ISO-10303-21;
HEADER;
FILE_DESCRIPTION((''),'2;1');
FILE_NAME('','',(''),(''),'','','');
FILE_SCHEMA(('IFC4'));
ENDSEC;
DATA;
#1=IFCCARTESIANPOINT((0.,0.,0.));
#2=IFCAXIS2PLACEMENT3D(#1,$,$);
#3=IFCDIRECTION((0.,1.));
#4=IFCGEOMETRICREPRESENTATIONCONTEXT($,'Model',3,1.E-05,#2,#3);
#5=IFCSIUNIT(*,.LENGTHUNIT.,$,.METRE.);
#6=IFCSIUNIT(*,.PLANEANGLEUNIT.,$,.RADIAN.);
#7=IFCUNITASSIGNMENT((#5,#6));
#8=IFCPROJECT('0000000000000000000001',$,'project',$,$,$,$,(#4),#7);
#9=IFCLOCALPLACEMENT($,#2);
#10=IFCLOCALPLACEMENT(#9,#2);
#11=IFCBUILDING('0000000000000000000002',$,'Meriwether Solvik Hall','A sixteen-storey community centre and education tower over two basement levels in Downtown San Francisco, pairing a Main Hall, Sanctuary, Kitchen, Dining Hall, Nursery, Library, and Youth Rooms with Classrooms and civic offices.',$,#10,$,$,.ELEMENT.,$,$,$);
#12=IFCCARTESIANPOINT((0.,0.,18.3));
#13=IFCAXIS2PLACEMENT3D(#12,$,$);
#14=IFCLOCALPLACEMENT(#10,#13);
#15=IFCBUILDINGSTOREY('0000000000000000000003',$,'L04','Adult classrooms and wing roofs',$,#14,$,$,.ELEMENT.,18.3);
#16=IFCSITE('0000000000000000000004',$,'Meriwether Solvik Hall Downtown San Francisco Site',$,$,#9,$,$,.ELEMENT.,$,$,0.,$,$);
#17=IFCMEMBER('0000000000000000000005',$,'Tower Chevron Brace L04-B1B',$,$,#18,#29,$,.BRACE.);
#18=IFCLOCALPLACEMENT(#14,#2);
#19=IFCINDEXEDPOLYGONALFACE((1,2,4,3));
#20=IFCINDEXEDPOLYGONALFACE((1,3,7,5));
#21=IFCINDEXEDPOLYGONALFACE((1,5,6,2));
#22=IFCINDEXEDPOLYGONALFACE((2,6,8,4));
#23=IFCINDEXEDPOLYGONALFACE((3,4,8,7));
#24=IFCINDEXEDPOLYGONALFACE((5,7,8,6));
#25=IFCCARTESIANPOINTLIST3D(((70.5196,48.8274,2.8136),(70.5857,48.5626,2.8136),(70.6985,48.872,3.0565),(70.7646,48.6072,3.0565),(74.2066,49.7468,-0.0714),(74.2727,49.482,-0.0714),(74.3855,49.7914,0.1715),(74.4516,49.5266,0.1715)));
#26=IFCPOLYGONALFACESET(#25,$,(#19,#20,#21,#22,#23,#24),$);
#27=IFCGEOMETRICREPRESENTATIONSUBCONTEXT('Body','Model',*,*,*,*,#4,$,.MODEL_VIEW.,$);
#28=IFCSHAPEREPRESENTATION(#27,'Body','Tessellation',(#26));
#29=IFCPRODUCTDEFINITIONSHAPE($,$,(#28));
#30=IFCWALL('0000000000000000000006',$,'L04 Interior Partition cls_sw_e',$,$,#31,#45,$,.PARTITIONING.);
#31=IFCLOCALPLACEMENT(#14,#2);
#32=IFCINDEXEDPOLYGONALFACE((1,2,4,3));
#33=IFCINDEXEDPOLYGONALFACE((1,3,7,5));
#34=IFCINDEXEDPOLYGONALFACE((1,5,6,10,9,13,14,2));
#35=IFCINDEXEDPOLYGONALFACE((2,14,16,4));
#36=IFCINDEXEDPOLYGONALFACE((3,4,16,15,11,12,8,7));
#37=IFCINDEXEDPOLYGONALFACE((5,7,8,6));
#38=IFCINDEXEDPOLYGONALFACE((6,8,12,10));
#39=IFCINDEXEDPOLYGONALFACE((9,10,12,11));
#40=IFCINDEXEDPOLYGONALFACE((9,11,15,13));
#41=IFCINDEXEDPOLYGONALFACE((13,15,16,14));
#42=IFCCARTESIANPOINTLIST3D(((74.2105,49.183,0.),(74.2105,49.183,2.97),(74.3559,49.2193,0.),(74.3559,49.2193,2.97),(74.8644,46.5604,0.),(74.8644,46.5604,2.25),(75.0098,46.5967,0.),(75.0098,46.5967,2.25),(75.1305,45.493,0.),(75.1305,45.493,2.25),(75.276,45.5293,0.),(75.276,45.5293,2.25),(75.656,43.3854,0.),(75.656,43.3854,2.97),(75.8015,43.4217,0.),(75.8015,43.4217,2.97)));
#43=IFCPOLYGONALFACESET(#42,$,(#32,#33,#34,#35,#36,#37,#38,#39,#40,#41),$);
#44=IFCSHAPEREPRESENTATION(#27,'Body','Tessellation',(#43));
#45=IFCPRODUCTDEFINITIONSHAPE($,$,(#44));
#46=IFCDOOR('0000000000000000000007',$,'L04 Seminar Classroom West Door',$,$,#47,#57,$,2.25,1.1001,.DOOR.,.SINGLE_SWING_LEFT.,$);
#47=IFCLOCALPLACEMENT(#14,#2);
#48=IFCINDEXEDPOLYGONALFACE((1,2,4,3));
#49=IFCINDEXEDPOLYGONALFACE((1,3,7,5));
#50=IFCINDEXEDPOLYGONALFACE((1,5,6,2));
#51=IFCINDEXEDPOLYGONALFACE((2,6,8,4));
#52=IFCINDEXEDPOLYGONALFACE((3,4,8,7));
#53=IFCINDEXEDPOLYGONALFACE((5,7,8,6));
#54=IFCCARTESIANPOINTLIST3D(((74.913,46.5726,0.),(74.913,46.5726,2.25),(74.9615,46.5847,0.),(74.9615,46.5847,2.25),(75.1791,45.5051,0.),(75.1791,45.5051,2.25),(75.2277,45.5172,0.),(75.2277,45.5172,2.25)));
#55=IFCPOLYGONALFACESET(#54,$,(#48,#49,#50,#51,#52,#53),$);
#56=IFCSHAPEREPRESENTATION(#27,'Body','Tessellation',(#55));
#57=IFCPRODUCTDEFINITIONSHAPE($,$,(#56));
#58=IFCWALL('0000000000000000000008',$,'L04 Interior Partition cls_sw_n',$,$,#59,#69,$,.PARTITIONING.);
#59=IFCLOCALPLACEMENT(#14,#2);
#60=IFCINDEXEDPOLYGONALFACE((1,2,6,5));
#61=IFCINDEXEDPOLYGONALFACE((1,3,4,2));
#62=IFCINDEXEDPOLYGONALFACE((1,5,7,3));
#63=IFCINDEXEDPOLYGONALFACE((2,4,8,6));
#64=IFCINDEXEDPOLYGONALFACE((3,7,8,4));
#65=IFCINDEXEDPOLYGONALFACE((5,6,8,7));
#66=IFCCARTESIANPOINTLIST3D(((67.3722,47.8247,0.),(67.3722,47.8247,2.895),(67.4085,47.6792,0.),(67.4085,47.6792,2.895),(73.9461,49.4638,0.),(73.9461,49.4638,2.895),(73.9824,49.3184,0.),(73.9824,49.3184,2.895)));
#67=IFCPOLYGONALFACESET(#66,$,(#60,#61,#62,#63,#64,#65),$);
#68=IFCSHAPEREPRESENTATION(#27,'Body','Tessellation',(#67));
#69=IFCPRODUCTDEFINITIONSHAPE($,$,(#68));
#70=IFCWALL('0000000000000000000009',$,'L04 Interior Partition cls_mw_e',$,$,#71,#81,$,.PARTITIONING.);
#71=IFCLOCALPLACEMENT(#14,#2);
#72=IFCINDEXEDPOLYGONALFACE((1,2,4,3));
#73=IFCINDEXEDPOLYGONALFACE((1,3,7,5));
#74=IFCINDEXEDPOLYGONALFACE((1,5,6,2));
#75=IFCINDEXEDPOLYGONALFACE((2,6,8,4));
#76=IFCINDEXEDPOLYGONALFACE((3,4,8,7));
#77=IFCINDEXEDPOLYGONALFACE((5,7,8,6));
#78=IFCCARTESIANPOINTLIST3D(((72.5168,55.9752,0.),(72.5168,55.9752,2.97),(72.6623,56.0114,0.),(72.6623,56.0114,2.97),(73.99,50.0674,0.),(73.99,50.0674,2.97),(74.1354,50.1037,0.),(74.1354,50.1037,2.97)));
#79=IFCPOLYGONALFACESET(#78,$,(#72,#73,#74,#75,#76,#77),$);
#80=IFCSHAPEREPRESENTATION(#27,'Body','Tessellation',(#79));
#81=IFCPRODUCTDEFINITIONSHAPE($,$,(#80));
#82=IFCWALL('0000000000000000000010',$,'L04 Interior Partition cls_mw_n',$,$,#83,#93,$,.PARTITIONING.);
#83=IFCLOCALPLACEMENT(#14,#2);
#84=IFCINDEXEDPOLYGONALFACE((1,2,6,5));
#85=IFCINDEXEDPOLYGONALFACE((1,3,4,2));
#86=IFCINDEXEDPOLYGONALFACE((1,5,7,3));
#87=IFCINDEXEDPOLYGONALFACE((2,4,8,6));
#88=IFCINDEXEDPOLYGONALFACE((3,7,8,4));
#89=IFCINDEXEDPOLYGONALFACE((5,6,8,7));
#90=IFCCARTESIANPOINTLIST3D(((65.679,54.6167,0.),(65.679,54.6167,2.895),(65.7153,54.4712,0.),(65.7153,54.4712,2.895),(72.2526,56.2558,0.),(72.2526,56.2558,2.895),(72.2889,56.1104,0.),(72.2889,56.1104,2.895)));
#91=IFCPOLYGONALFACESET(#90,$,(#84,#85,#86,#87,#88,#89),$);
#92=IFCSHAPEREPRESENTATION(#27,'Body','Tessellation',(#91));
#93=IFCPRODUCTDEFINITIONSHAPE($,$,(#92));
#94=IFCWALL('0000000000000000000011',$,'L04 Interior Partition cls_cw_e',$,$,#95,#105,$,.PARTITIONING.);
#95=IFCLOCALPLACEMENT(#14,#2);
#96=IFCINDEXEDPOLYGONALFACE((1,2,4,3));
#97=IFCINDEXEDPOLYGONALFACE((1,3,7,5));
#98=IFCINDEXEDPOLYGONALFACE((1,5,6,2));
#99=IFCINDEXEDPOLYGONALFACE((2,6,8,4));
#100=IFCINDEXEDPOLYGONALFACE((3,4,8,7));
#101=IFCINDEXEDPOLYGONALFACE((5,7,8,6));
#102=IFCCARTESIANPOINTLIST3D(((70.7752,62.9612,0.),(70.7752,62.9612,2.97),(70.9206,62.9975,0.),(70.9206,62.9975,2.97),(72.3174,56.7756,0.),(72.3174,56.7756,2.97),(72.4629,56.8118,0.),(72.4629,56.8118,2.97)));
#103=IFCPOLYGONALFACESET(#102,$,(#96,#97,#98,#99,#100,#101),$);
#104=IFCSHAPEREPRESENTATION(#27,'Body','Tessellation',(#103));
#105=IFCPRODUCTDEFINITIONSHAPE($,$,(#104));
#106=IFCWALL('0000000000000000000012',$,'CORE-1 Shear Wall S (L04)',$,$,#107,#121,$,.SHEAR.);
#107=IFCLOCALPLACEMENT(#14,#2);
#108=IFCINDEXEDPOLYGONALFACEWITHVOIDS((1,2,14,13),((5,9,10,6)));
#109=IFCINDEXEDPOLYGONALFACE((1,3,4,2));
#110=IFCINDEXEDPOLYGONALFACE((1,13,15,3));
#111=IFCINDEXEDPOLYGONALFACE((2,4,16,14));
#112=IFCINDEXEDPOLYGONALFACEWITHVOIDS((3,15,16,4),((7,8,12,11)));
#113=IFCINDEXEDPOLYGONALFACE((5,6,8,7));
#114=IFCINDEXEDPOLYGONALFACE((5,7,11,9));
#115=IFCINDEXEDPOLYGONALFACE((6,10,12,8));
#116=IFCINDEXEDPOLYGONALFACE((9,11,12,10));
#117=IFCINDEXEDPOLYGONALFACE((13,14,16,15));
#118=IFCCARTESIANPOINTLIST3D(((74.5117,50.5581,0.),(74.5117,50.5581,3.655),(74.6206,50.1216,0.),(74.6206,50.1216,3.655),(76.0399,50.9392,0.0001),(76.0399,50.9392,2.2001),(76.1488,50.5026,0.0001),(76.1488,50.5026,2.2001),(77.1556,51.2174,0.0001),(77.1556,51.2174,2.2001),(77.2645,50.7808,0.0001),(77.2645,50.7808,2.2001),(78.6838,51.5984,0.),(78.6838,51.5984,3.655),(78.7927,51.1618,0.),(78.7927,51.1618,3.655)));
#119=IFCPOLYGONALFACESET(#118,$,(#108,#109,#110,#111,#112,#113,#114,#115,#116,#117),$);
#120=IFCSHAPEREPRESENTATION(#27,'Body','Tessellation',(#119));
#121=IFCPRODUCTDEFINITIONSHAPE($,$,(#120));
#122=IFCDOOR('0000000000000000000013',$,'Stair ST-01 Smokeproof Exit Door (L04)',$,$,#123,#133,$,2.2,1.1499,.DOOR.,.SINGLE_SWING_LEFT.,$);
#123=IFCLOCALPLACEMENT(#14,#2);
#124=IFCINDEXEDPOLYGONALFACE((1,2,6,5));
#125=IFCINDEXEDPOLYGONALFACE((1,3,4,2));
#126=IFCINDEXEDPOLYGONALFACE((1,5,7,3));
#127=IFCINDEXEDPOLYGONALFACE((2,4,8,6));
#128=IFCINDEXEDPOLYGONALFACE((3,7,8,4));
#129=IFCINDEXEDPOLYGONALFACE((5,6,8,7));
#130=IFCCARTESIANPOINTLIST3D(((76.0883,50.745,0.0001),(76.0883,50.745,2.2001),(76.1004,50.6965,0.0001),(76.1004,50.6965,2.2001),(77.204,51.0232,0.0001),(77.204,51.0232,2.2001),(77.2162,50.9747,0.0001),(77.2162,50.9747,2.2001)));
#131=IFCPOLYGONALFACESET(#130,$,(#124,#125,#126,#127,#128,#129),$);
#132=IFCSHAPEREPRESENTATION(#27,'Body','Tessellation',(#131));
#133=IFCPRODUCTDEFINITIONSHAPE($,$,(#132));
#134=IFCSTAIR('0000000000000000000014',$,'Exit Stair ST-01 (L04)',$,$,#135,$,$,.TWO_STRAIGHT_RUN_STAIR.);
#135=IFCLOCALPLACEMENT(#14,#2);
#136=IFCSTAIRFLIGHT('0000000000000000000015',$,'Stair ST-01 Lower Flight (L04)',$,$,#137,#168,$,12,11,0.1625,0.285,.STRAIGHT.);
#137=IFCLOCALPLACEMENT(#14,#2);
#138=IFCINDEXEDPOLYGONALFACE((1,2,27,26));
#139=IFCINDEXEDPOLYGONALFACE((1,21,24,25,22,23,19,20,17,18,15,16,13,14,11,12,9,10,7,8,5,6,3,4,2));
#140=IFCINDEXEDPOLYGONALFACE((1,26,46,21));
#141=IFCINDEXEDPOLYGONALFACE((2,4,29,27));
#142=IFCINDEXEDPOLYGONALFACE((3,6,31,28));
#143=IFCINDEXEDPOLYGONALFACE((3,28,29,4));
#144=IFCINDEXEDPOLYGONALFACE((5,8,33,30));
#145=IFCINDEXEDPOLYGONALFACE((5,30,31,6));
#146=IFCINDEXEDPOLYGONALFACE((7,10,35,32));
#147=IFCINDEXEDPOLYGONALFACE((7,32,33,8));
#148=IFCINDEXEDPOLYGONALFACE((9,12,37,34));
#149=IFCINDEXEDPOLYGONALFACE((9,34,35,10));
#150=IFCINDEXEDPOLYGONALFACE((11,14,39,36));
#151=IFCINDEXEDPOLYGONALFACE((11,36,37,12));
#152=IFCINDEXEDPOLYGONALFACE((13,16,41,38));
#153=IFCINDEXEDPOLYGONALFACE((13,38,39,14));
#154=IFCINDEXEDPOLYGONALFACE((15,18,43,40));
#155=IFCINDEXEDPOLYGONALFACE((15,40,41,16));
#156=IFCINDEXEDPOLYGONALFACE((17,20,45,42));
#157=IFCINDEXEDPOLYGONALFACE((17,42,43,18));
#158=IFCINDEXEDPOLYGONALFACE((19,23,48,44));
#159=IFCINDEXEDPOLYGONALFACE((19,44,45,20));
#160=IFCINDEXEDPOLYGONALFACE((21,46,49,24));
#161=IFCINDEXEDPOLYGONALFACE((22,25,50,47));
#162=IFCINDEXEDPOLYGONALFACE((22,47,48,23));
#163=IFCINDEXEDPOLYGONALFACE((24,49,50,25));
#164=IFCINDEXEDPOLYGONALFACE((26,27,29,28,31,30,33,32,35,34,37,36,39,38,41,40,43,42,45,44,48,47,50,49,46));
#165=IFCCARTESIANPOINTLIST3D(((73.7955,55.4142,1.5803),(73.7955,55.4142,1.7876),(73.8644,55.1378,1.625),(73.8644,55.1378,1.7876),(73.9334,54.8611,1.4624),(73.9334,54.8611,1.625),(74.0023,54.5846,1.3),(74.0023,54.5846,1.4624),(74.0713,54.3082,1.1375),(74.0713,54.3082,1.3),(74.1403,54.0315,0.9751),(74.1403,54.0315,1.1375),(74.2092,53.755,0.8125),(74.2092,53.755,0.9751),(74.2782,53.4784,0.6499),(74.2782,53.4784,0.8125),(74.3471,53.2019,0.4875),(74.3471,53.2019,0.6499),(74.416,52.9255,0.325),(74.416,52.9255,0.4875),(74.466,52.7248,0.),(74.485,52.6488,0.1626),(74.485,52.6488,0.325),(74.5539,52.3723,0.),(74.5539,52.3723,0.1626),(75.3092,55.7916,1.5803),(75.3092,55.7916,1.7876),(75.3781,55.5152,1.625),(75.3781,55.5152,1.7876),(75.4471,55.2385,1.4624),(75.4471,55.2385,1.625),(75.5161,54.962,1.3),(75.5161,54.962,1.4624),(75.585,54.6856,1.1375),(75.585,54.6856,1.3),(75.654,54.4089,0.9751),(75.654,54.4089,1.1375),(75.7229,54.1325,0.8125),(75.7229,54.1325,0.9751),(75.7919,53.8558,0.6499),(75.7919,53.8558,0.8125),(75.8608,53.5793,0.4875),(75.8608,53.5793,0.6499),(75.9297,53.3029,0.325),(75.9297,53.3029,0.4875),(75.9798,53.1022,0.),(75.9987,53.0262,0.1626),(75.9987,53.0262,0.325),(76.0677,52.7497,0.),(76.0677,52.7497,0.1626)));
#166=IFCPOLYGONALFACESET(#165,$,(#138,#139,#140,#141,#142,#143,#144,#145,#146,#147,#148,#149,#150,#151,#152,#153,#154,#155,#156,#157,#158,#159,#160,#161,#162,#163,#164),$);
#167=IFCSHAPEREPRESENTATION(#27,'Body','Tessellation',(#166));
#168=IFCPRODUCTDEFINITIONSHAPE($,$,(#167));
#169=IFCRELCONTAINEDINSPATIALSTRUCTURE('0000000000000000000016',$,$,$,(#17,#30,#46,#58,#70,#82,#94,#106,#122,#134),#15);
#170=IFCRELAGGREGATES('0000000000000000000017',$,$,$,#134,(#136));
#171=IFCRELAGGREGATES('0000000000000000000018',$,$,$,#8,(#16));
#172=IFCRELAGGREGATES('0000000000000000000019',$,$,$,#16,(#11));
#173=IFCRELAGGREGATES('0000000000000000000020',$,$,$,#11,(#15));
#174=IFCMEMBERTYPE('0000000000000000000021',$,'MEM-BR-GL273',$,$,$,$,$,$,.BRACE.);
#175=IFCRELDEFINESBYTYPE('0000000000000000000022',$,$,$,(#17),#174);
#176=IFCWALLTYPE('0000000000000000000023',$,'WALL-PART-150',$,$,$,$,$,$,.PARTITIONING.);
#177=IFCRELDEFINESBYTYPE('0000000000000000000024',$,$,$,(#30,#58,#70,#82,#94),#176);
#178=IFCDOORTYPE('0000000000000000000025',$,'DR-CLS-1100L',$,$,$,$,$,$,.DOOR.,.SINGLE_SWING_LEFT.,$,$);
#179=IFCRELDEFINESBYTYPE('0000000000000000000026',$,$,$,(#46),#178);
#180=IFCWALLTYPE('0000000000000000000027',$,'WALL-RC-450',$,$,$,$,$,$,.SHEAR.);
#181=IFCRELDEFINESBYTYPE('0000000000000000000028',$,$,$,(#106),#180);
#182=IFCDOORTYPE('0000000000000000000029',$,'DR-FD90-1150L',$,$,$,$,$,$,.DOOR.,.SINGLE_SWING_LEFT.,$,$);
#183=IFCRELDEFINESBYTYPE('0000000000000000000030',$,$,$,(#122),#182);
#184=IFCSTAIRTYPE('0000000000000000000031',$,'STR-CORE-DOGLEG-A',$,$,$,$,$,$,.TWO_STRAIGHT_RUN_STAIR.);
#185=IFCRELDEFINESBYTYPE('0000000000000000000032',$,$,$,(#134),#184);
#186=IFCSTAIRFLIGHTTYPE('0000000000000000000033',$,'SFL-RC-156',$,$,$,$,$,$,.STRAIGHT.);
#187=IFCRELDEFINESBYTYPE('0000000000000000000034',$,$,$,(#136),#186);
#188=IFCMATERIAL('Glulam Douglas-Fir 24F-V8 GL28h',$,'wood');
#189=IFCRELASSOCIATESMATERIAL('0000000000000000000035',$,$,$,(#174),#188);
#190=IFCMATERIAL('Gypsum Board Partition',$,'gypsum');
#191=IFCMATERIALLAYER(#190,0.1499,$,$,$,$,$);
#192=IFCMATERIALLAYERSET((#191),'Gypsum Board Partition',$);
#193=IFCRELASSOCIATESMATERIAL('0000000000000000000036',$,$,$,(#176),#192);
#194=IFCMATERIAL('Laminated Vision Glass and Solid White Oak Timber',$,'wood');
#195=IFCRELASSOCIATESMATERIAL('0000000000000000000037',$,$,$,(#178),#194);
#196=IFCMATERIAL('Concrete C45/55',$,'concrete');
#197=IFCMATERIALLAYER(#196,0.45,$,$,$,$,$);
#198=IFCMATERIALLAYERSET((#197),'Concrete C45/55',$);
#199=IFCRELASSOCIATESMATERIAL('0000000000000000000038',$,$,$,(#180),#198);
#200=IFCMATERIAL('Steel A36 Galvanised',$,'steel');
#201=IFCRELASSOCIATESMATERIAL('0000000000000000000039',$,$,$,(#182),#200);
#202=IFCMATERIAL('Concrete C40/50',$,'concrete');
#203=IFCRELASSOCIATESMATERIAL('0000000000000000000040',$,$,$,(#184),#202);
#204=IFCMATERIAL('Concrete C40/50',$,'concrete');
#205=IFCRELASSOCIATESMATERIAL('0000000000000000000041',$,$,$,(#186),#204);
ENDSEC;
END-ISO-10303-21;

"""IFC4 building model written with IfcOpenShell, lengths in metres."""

from ifc_helpers import new_model, si_unit, direction, frame, frame_2d, origin, origin_2d, place, context, subcontext, project, spatial, polyline, rectangle, outline, extrude, material, layer, layer_set, material_profile, profile_set, type_object, element, fill, aggregate, save


model = new_model("IFC4")

# Units and contexts
model_context = context("Model", 3, precision=1e-05, world=origin(), true_north=direction((0.0, 1.0)))
body_context = subcontext(model_context, "Body", "Model", "MODEL_VIEW")
ifc_project = project(units=[si_unit("LENGTHUNIT", "METRE"), si_unit("PLANEANGLEUNIT", "RADIAN")], contexts=[model_context])

# Site, building, storey
site_placement = place(None, origin())
site = spatial("IfcSite", under=ifc_project, at=site_placement, Name="Meriwether Solvik Hall Downtown San Francisco Site", CompositionType="ELEMENT", RefElevation=0.0)
building_placement = place(site_placement, origin())
building = spatial("IfcBuilding", under=site, at=building_placement, Name="Meriwether Solvik Hall", Description="A sixteen-storey community centre and education tower over two basement levels in Downtown San Francisco, pairing a Main Hall, Sanctuary, Kitchen, Dining Hall, Nursery, Library, and Youth Rooms with Classrooms and civic offices.", CompositionType="ELEMENT")
storey_placement = place(building_placement, frame((0.0, 0.0, 18.3)))
storey = spatial("IfcBuildingStorey", under=building, at=storey_placement, Name="L04", Description="Adult classrooms and wing roofs", CompositionType="ELEMENT", Elevation=18.3)

# Member
ifc_material_1 = material(Name="Glulam Douglas-Fir 24F-V8 GL28h", Category="wood")
ifc_material_profile_1 = material_profile(ifc_material_1, rectangle(XDim=0.2729, YDim=0.3049, at=origin_2d()), Name="GLM-273X305")
ifc_profile_set_1 = profile_set([ifc_material_profile_1], Name="Glulam Douglas-Fir 24F-V8 GL28h")
member_type = type_object("IfcMemberType", Name="MEM-BR-GL273", PredefinedType="BRACE", material=ifc_profile_set_1)
member_placement = place(storey_placement, frame((74.3291, 49.6367, 0.05), z_axis=(-0.772792, -0.192712, 0.604694), x_axis=(0.241961, -0.970286, 0.0)))
element("IfcMember", 1, at=member_placement, inside=storey, type_object=member_type, Name="Tower Chevron Brace L04-B1B", PredefinedType="BRACE", context=body_context, shape_type="SweptSolid", body=[
    extrude(rectangle(XDim=0.2729, YDim=0.3049, at=origin_2d()), origin(), (0.0, 0.0, 1.0), 4.771),
])

# Wall, opening, door
ifc_material_2 = material(Name="Gypsum Board Partition", Category="gypsum")
ifc_layer_1 = layer(ifc_material_2, 0.1499)
ifc_layer_set_1 = layer_set([ifc_layer_1], Name="Gypsum Board Partition")
wall_type_1 = type_object("IfcWallType", Name="WALL-PART-150", PredefinedType="PARTITIONING", material=ifc_layer_set_1)
wall_1_placement = place(storey_placement, frame((75.7288, 43.4036, 0.0), z_axis=(0.0, 0.0, 1.0), x_axis=(-0.24193, 0.970294, 0.0)))
wall_1 = element("IfcWall", 2, at=wall_1_placement, inside=storey, type_object=wall_type_1, Name="L04 Interior Partition cls_sw_e", PredefinedType="PARTITIONING", context=body_context, shape_type="SweptSolid", body=[
    extrude(rectangle(XDim=5.9751, YDim=0.1499, at=frame_2d((2.9875, 0.0))), origin(), (0.0, 0.0, 1.0), 2.97),
])
opening_1_placement = place(wall_1_placement, frame((2.1721, 0.0, 0.0)))
opening_1 = element("IfcOpeningElement", 3, at=opening_1_placement, cuts=wall_1, PredefinedType="OPENING", context=body_context, shape_type="SweptSolid", body=[
    extrude(rectangle(XDim=1.1001, YDim=2.25, at=frame_2d((0.55, 1.125))), frame((0.0, 0.0869, 0.0), z_axis=(0.0, -1.0, 0.0), x_axis=(1.0, 0.0, 0.0)), (0.0, 0.0, 1.0), 0.1738),
])
ifc_material_3 = material(Name="Laminated Vision Glass and Solid White Oak Timber", Category="wood")
door_type_1 = type_object("IfcDoorType", Name="DR-CLS-1100L", OperationType="SINGLE_SWING_LEFT", PredefinedType="DOOR", material=ifc_material_3)
door_1_placement = place(opening_1_placement, origin())
door_1 = element("IfcDoor", 4, at=door_1_placement, inside=storey, type_object=door_type_1, Name="L04 Seminar Classroom West Door", OperationType="SINGLE_SWING_LEFT", OverallHeight=2.25, OverallWidth=1.1001, PredefinedType="DOOR", context=body_context, shape_type="SweptSolid", body=[
    extrude(rectangle(XDim=1.1001, YDim=2.25, at=frame_2d((0.55, 1.125))), frame((0.0, 0.0249, 0.0), z_axis=(0.0, -1.0, 0.0), x_axis=(1.0, 0.0, 0.0)), (0.0, 0.0, 1.0), 0.05),
])
fill(opening_1, door_1)

# Walls
wall_2_placement = place(storey_placement, frame((73.9644, 49.3911, 0.0), z_axis=(0.0, 0.0, 1.0), x_axis=(-0.970293, -0.241934, 0.0)))
element("IfcWall", 5, at=wall_2_placement, inside=storey, type_object=wall_type_1, Name="L04 Interior Partition cls_sw_n", PredefinedType="PARTITIONING", context=body_context, shape_type="SweptSolid", body=[
    extrude(rectangle(XDim=6.7751, YDim=0.1499, at=frame_2d((3.3877, 0.0))), origin(), (0.0, 0.0, 1.0), 2.895),
])
wall_3_placement = place(storey_placement, frame((74.0627, 50.0854, 0.0), z_axis=(0.0, 0.0, 1.0), x_axis=(-0.241951, 0.970289, 0.0)))
element("IfcWall", 6, at=wall_3_placement, inside=storey, type_object=wall_type_1, Name="L04 Interior Partition cls_mw_e", PredefinedType="PARTITIONING", context=body_context, shape_type="SweptSolid", body=[
    extrude(rectangle(XDim=6.0886, YDim=0.1499, at=frame_2d((3.0444, 0.0))), origin(), (0.0, 0.0, 1.0), 2.97),
])
wall_4_placement = place(storey_placement, frame((72.2708, 56.1831, 0.0), z_axis=(0.0, 0.0, 1.0), x_axis=(-0.970291, -0.241942, 0.0)))
element("IfcWall", 7, at=wall_4_placement, inside=storey, type_object=wall_type_1, Name="L04 Interior Partition cls_mw_n", PredefinedType="PARTITIONING", context=body_context, shape_type="SweptSolid", body=[
    extrude(rectangle(XDim=6.7749, YDim=0.1499, at=frame_2d((3.3875, 0.0))), origin(), (0.0, 0.0, 1.0), 2.895),
])
wall_5_placement = place(storey_placement, frame((72.3901, 56.7937, 0.0), z_axis=(0.0, 0.0, 1.0), x_axis=(-0.241923, 0.970295, 0.0)))
element("IfcWall", 8, at=wall_5_placement, inside=storey, type_object=wall_type_1, Name="L04 Interior Partition cls_cw_e", PredefinedType="PARTITIONING", context=body_context, shape_type="SweptSolid", body=[
    extrude(rectangle(XDim=6.375, YDim=0.1499, at=frame_2d((3.1875, 0.0))), origin(), (0.0, 0.0, 1.0), 2.97),
])

# Wall, opening, door
ifc_material_4 = material(Name="Concrete C45/55", Category="concrete")
ifc_layer_2 = layer(ifc_material_4, 0.45)
ifc_layer_set_2 = layer_set([ifc_layer_2], Name="Concrete C45/55")
wall_type_2 = type_object("IfcWallType", Name="WALL-RC-450", PredefinedType="SHEAR", material=ifc_layer_set_2)
wall_6_placement = place(storey_placement, frame((74.5662, 50.3398, 0.0), z_axis=(0.0, 0.0, 1.0), x_axis=(0.970293, 0.241934, 0.0)))
wall_6 = element("IfcWall", 9, at=wall_6_placement, inside=storey, type_object=wall_type_2, Name="CORE-1 Shear Wall S (L04)", PredefinedType="SHEAR", context=body_context, shape_type="SweptSolid", body=[
    extrude(rectangle(XDim=4.2998, YDim=0.45, at=frame_2d((2.1499, 0.0))), origin(), (0.0, 0.0, 1.0), 3.655),
])
opening_2_placement = place(wall_6_placement, frame((1.575, 0.0, 0.0)))
opening_2 = element("IfcOpeningElement", 10, at=opening_2_placement, cuts=wall_6, PredefinedType="OPENING", context=body_context, shape_type="SweptSolid", body=[
    extrude(rectangle(XDim=1.1499, YDim=2.2, at=frame_2d((0.575, 1.1001))), frame((0.0, 0.2368, 0.0), z_axis=(0.0, -1.0, 0.0), x_axis=(1.0, 0.0, 0.0)), (0.0, 0.0, 1.0), 0.4739),
])
ifc_material_5 = material(Name="Steel A36 Galvanised", Category="steel")
door_type_2 = type_object("IfcDoorType", Name="DR-FD90-1150L", OperationType="SINGLE_SWING_LEFT", PredefinedType="DOOR", material=ifc_material_5)
door_2_placement = place(opening_2_placement, origin())
door_2 = element("IfcDoor", 11, at=door_2_placement, inside=storey, type_object=door_type_2, Name="Stair ST-01 Smokeproof Exit Door (L04)", OperationType="SINGLE_SWING_LEFT", OverallHeight=2.2, OverallWidth=1.1499, PredefinedType="DOOR", context=body_context, shape_type="SweptSolid", body=[
    extrude(rectangle(XDim=1.1499, YDim=2.2, at=frame_2d((0.575, 1.1001))), frame((0.0, 0.0249, 0.0), z_axis=(0.0, -1.0, 0.0), x_axis=(1.0, 0.0, 0.0)), (0.0, 0.0, 1.0), 0.05),
])
fill(opening_2, door_2)

# Stair, stair flight
ifc_material_6 = material(Name="Concrete C40/50", Category="concrete")
stair_type = type_object("IfcStairType", Name="STR-CORE-DOGLEG-A", PredefinedType="TWO_STRAIGHT_RUN_STAIR", material=ifc_material_6)
stair_placement = place(storey_placement, origin())
stair = element("IfcStair", 12, at=stair_placement, inside=storey, type_object=stair_type, Name="Exit Stair ST-01 (L04)", PredefinedType="TWO_STRAIGHT_RUN_STAIR")
ifc_material_7 = material(Name="Concrete C40/50", Category="concrete")
stair_flight_type = type_object("IfcStairFlightType", Name="SFL-RC-156", PredefinedType="STRAIGHT", material=ifc_material_7)
stair_flight_1_placement = place(storey_placement, frame((75.3108, 52.561, 0.0), z_axis=(0.0, 0.0, 1.0), x_axis=(-0.241922, 0.970296, 0.0)))
stair_flight_1 = element("IfcStairFlight", 13, at=stair_flight_1_placement, type_object=stair_flight_type, Name="Stair ST-01 Lower Flight (L04)", NumberOfRisers=12, NumberOfTreads=11, PredefinedType="STRAIGHT", RiserHeight=0.1625, TreadLength=0.285, context=body_context, shape_type="SweptSolid", body=[
    extrude(outline(polyline([(0.0, 0.0), (0.0, 0.1626), (0.2849, 0.1626), (0.2849, 0.325), (0.5701, 0.325), (0.5701, 0.4875), (0.855, 0.4875), (0.855, 0.6499), (1.1399, 0.6499), (1.1399, 0.8125), (1.425, 0.8125), (1.425, 0.9751), (1.71, 0.9751), (1.71, 1.1375), (1.9951, 1.1375), (1.9951, 1.3), (2.28, 1.3), (2.28, 1.4624), (2.5649, 1.4624), (2.5649, 1.625), (2.8501, 1.625), (2.8501, 1.7876), (3.135, 1.7876), (3.135, 1.95), (3.135, 1.5803), (0.3633, 0.0), (0.0, 0.0)])), frame((0.0, 0.78, 0.0), z_axis=(0.0, -1.0, 0.0), x_axis=(1.0, 0.0, 0.0)), (0.0, 0.0, 1.0), 1.5601),
])
aggregate(stair, [stair_flight_1])

save(model, "model.ifc")
